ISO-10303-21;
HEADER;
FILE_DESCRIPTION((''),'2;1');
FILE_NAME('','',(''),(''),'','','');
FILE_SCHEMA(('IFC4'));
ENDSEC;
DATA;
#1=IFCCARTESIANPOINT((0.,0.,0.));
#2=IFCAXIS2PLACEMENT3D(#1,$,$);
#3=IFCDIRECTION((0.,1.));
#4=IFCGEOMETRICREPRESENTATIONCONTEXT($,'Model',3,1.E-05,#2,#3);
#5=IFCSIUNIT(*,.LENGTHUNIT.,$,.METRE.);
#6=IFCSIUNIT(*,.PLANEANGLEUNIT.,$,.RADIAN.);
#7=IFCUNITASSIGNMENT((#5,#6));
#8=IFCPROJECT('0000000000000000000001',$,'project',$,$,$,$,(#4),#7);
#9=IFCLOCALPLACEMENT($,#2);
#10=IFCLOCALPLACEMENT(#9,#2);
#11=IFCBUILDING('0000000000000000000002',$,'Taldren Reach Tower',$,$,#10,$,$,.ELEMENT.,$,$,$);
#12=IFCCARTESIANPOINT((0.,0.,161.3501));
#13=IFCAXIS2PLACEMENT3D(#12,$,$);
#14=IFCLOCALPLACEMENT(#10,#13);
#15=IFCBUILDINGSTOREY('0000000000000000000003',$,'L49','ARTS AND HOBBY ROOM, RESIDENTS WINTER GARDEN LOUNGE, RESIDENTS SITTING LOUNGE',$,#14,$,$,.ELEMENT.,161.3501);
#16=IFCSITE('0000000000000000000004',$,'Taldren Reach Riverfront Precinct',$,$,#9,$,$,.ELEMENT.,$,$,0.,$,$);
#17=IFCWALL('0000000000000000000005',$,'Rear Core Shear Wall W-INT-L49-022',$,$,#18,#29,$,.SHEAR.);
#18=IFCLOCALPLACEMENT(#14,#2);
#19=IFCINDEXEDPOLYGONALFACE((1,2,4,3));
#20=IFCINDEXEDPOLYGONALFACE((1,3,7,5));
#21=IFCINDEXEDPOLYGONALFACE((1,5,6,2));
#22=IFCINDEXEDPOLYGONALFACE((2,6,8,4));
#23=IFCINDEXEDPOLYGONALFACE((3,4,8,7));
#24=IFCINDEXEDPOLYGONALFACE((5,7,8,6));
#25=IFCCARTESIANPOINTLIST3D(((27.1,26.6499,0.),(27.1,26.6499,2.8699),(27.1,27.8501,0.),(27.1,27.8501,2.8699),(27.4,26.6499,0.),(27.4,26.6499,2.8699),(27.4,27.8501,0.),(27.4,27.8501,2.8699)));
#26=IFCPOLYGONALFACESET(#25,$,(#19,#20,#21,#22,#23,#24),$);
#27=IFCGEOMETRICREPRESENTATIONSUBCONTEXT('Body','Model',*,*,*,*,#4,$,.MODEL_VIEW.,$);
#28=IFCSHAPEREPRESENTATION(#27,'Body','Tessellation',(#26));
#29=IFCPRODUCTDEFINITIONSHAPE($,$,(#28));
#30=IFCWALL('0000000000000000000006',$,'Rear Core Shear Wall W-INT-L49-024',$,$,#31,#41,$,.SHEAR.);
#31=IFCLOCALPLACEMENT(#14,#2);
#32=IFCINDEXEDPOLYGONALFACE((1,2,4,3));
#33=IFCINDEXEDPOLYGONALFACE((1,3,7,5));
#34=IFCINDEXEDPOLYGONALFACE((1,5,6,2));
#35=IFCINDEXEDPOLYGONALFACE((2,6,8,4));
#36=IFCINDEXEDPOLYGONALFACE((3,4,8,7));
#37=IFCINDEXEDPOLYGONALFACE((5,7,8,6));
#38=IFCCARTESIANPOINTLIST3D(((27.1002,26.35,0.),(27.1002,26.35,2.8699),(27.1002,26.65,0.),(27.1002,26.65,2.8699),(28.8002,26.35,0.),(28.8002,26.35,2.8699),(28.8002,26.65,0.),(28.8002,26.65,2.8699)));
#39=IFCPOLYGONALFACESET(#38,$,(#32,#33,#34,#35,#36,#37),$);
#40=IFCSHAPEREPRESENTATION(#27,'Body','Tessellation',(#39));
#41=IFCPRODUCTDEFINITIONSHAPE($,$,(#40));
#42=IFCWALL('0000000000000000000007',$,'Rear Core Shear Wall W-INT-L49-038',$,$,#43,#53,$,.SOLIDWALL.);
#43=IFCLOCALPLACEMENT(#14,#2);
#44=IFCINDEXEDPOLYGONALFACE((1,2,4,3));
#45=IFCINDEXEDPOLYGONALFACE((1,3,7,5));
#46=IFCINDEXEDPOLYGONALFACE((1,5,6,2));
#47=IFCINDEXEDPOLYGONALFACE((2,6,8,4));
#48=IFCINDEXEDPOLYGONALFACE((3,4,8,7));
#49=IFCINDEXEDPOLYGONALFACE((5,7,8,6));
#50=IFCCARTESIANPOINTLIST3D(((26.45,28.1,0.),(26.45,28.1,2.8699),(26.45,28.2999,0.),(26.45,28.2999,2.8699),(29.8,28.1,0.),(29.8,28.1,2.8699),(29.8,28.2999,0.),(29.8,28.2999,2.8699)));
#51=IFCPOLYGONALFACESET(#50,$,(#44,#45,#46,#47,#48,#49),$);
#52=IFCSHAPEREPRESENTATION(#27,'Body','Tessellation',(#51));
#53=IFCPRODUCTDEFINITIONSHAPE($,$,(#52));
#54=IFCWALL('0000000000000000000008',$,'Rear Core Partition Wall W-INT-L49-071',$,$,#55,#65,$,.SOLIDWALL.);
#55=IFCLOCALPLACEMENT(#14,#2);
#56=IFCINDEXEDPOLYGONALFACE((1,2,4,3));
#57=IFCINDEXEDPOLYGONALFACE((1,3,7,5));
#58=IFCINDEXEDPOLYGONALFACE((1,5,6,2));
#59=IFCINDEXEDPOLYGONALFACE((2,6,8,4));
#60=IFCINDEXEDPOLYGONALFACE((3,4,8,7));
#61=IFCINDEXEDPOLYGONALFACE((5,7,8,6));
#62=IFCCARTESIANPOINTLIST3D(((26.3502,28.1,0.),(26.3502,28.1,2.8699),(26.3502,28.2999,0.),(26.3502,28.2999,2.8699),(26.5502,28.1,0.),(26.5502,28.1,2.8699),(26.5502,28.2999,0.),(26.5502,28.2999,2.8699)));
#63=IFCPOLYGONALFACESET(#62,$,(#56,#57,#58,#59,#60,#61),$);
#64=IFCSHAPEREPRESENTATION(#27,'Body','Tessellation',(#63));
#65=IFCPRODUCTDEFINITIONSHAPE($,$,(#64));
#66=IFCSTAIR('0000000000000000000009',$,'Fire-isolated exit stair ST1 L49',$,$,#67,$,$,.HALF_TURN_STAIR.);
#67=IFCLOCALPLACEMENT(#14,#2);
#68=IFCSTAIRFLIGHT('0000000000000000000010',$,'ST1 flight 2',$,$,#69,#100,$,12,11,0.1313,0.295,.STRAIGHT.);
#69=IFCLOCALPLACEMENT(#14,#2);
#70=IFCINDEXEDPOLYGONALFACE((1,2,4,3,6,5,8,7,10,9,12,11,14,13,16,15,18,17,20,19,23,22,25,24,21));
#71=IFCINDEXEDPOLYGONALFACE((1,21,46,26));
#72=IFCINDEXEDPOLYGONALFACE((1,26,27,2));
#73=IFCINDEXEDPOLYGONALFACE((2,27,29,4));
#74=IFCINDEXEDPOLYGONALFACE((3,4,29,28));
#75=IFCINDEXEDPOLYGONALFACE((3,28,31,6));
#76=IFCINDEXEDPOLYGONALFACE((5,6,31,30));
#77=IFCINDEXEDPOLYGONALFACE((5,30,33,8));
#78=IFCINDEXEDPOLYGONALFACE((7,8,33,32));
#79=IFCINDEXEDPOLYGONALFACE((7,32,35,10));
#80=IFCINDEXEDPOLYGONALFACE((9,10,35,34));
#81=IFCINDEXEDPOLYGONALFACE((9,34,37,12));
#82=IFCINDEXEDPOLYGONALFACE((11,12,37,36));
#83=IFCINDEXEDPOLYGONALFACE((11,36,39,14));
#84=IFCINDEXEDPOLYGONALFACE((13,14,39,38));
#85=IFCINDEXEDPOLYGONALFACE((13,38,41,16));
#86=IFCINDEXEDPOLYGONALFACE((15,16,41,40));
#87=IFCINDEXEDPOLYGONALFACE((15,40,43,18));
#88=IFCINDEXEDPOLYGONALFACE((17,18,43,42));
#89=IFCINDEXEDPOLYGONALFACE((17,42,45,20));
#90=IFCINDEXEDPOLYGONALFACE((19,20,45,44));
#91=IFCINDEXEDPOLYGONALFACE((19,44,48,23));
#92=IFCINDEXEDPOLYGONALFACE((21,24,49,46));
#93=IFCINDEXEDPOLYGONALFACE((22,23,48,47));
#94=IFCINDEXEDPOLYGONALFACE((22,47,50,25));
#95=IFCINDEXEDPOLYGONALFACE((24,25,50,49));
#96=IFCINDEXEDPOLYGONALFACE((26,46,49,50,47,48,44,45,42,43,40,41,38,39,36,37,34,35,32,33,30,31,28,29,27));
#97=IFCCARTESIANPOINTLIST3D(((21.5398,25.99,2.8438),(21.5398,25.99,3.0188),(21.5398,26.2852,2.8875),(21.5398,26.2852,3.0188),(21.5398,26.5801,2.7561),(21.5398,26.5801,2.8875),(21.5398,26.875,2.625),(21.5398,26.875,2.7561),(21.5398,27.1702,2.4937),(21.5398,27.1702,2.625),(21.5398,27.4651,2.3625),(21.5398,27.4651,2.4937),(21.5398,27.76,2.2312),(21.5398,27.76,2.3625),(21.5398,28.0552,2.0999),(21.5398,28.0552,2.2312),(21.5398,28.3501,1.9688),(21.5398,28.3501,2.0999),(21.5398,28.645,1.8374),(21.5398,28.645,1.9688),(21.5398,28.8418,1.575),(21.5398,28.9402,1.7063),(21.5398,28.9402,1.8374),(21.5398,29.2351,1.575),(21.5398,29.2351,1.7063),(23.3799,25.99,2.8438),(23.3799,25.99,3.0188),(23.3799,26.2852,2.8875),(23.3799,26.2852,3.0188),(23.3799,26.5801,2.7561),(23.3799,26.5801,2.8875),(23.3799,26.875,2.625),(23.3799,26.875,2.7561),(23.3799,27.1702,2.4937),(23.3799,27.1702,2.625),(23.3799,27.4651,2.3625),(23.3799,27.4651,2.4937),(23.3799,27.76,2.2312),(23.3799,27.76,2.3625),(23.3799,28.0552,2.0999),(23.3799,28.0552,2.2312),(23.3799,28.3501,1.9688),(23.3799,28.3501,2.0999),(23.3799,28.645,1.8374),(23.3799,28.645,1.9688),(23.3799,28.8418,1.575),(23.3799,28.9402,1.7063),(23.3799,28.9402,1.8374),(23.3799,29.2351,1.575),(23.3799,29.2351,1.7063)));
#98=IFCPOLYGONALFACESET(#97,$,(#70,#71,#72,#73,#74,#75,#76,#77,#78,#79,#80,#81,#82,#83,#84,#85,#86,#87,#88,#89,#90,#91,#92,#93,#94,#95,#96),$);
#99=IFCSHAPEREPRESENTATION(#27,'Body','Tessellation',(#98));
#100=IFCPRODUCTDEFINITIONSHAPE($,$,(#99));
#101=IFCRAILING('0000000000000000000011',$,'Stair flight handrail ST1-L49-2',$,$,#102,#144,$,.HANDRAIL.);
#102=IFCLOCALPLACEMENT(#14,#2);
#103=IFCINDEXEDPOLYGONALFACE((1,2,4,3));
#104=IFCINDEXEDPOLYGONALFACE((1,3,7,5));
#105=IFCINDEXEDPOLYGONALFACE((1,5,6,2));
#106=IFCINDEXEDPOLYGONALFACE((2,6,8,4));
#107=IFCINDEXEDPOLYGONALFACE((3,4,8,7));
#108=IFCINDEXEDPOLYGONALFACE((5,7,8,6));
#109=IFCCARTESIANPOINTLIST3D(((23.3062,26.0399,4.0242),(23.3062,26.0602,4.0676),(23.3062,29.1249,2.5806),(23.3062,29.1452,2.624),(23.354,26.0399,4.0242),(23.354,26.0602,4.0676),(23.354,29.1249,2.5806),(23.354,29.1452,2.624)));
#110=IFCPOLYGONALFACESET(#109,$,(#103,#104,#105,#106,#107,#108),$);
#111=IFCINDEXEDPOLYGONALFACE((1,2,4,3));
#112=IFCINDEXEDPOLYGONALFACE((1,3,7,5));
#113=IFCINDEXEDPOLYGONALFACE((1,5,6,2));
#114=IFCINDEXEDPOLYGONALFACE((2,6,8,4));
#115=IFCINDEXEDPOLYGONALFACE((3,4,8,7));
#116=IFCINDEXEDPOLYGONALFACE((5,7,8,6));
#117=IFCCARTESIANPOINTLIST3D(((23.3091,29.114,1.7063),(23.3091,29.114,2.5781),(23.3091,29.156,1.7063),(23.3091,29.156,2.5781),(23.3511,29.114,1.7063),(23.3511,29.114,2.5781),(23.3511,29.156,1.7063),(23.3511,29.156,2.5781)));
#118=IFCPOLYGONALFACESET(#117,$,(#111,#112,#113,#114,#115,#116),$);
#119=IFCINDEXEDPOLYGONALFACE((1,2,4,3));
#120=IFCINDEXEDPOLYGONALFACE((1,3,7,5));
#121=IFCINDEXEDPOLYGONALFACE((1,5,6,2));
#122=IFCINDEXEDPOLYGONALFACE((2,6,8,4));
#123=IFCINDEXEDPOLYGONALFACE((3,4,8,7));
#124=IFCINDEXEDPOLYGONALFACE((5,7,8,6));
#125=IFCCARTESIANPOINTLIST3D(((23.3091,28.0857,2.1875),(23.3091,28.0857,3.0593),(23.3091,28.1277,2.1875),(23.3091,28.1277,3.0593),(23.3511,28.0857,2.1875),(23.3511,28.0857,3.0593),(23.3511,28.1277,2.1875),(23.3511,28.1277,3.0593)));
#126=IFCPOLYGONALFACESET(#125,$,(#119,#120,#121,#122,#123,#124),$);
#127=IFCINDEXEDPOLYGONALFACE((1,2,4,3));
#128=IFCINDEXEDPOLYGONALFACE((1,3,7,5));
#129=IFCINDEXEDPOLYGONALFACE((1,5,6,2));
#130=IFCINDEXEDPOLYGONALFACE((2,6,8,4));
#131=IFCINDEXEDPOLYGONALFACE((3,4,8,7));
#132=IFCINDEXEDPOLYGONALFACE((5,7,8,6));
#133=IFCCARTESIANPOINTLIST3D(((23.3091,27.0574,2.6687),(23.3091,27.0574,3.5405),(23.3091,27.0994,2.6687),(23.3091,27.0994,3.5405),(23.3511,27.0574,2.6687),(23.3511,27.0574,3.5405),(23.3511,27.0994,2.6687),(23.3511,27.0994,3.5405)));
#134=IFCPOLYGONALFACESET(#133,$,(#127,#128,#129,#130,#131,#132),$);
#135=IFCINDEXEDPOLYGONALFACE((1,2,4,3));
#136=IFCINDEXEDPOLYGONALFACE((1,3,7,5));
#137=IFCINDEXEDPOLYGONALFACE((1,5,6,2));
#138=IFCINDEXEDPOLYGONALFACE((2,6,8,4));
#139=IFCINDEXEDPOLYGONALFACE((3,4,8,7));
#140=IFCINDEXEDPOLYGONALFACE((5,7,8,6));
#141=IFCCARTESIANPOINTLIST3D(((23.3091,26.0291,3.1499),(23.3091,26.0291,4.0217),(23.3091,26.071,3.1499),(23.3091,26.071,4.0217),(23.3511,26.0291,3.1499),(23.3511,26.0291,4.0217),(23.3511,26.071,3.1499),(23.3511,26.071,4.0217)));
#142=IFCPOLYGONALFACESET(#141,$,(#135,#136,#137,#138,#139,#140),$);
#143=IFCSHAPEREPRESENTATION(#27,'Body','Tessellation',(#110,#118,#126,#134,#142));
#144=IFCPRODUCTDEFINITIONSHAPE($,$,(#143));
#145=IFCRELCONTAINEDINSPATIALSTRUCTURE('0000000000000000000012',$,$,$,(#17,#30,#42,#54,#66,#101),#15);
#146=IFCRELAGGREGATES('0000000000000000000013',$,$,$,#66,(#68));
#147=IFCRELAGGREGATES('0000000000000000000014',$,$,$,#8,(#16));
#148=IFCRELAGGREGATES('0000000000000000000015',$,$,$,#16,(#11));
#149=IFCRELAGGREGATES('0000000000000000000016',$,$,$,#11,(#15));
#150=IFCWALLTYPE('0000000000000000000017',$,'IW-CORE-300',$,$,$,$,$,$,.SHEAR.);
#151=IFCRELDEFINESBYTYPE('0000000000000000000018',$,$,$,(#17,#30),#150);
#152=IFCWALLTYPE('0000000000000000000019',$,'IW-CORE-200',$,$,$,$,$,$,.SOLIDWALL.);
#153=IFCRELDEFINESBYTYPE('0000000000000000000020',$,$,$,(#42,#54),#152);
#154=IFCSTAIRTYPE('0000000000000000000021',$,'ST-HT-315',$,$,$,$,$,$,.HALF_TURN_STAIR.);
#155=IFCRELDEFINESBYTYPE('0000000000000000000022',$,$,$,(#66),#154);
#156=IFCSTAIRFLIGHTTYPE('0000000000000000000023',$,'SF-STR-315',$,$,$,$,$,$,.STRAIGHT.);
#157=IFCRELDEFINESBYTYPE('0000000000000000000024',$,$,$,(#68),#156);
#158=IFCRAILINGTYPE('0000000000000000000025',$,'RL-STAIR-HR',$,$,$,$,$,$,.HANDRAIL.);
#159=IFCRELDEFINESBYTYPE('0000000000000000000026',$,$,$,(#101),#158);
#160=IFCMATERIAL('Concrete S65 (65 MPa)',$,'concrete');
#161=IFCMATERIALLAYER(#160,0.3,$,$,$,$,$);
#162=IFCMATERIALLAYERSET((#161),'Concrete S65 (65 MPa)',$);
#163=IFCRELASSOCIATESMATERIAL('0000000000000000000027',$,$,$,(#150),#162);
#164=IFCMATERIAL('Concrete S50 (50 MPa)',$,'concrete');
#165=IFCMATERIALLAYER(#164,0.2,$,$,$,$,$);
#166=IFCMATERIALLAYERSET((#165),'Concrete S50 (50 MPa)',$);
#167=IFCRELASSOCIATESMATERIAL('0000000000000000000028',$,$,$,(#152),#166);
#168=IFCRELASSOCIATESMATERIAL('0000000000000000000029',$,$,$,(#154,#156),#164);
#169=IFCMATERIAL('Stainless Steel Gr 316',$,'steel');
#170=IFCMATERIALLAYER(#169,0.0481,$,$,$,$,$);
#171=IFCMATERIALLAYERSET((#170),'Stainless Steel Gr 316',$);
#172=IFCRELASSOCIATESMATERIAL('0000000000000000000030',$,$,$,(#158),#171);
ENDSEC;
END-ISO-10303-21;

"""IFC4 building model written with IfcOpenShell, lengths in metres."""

from ifc_helpers import new_model, si_unit, direction, frame, frame_2d, origin, origin_2d, place, context, subcontext, project, spatial, polyline, rectangle, outline, extrude, source, transform, mapped, material, layer, layer_set, type_object, element, aggregate, save


model = new_model("IFC4")

# Units and contexts
model_context = context("Model", 3, precision=1e-05, world=origin(), true_north=direction((0.0, 1.0)))
body_context = subcontext(model_context, "Body", "Model", "MODEL_VIEW")
ifc_project = project(units=[si_unit("LENGTHUNIT", "METRE"), si_unit("PLANEANGLEUNIT", "RADIAN")], contexts=[model_context])

# Site, building, storey
site_placement = place(None, origin())
site = spatial("IfcSite", under=ifc_project, at=site_placement, Name="Taldren Reach Riverfront Precinct", CompositionType="ELEMENT", RefElevation=0.0)
building_placement = place(site_placement, origin())
building = spatial("IfcBuilding", under=site, at=building_placement, Name="Taldren Reach Tower", CompositionType="ELEMENT")
storey_placement = place(building_placement, frame((0.0, 0.0, 161.3501)))
storey = spatial("IfcBuildingStorey", under=building, at=storey_placement, Name="L49", Description="ARTS AND HOBBY ROOM, RESIDENTS WINTER GARDEN LOUNGE, RESIDENTS SITTING LOUNGE", CompositionType="ELEMENT", Elevation=161.3501)

# Shared definitions
ifc_material_1 = material(Name="Concrete S65 (65 MPa)", Category="concrete")
ifc_layer_1 = layer(ifc_material_1, 0.3)
ifc_layer_set_1 = layer_set([ifc_layer_1], Name="Concrete S65 (65 MPa)")
wall_type_1 = type_object("IfcWallType", Name="IW-CORE-300", PredefinedType="SHEAR", material=ifc_layer_set_1)

# Shared definitions
ifc_material_2 = material(Name="Concrete S50 (50 MPa)", Category="concrete")
ifc_layer_2 = layer(ifc_material_2, 0.2)
ifc_layer_set_2 = layer_set([ifc_layer_2], Name="Concrete S50 (50 MPa)")
wall_type_2 = type_object("IfcWallType", Name="IW-CORE-200", PredefinedType="SOLIDWALL", material=ifc_layer_set_2)

# Walls
shared_shape_1 = source(origin(), body_context, "Body", "SweptSolid", [
    extrude(rectangle(XDim=1.2002, YDim=0.3, at=frame_2d((0.6001, 0.0))), origin(), (0.0, 0.0, 1.0), 2.8699),
])
wall_1_placement = place(storey_placement, frame((27.25, 27.8501, 0.0), z_axis=(0.0, 0.0, 1.0), x_axis=(0.0, -1.0, 0.0)))
element("IfcWall", 1, at=wall_1_placement, inside=storey, type_object=wall_type_1, Name="Rear Core Shear Wall W-INT-L49-022", PredefinedType="SHEAR", context=body_context, shape_type="MappedRepresentation", body=[
    mapped(shared_shape_1, transform((0.0, 0.0, 0.0), scale=1.0)),
])
shared_shape_2 = source(origin(), body_context, "Body", "SweptSolid", [
    extrude(rectangle(XDim=1.7, YDim=0.3, at=frame_2d((0.8501, 0.0))), origin(), (0.0, 0.0, 1.0), 2.8699),
])
wall_2_placement = place(storey_placement, frame((27.1001, 26.5, 0.0), z_axis=(0.0, 0.0, 1.0), x_axis=(1.0, 0.0, 0.0)))
element("IfcWall", 2, at=wall_2_placement, inside=storey, type_object=wall_type_1, Name="Rear Core Shear Wall W-INT-L49-024", PredefinedType="SHEAR", context=body_context, shape_type="MappedRepresentation", body=[
    mapped(shared_shape_2, transform((0.0, 0.0, 0.0), scale=1.0)),
])
shared_shape_3 = source(origin(), body_context, "Body", "SweptSolid", [
    extrude(rectangle(XDim=3.3501, YDim=0.2, at=frame_2d((1.675, 0.0))), origin(), (0.0, 0.0, 1.0), 2.8699),
])
wall_3_placement = place(storey_placement, frame((26.45, 28.2, 0.0), z_axis=(0.0, 0.0, 1.0), x_axis=(1.0, 0.0, 0.0)))
element("IfcWall", 3, at=wall_3_placement, inside=storey, type_object=wall_type_2, Name="Rear Core Shear Wall W-INT-L49-038", PredefinedType="SOLIDWALL", context=body_context, shape_type="MappedRepresentation", body=[
    mapped(shared_shape_3, transform((0.0, 0.0, 0.0), scale=1.0)),
])
shared_shape_4 = source(origin(), body_context, "Body", "SweptSolid", [
    extrude(rectangle(XDim=0.2, YDim=0.2, at=frame_2d((0.1001, 0.0))), origin(), (0.0, 0.0, 1.0), 2.8699),
])
wall_4_placement = place(storey_placement, frame((26.3501, 28.2, 0.0), z_axis=(0.0, 0.0, 1.0), x_axis=(1.0, 0.0, 0.0)))
element("IfcWall", 4, at=wall_4_placement, inside=storey, type_object=wall_type_2, Name="Rear Core Partition Wall W-INT-L49-071", PredefinedType="SOLIDWALL", context=body_context, shape_type="MappedRepresentation", body=[
    mapped(shared_shape_4, transform((0.0, 0.0, 0.0), scale=1.0)),
])

# Stair, stair flight
stair_type = type_object("IfcStairType", Name="ST-HT-315", PredefinedType="HALF_TURN_STAIR", material=ifc_material_2)
stair_placement = place(storey_placement, origin())
stair = element("IfcStair", 5, at=stair_placement, inside=storey, type_object=stair_type, Name="Fire-isolated exit stair ST1 L49", PredefinedType="HALF_TURN_STAIR")
stair_flight_type = type_object("IfcStairFlightType", Name="SF-STR-315", PredefinedType="STRAIGHT", material=ifc_material_2)
stair_flight_placement = place(storey_placement, frame((22.46, 29.2351, 1.575), z_axis=(0.0, 0.0, 1.0), x_axis=(0.0, -1.0, 0.0)))
stair_flight = element("IfcStairFlight", 6, at=stair_flight_placement, type_object=stair_flight_type, Name="ST1 flight 2", NumberOfRisers=12, NumberOfTreads=11, PredefinedType="STRAIGHT", RiserHeight=0.1313, TreadLength=0.295, context=body_context, shape_type="SweptSolid", body=[
    extrude(outline(polyline([(0.0, 0.0), (0.0, 0.1313), (0.2949, 0.1313), (0.2949, 0.2625), (0.5901, 0.2625), (0.5901, 0.3938), (0.885, 0.3938), (0.885, 0.5249), (1.1799, 0.5249), (1.1799, 0.6562), (1.4751, 0.6562), (1.4751, 0.7876), (1.77, 0.7876), (1.77, 0.9187), (2.0649, 0.9187), (2.0649, 1.05), (2.3601, 1.05), (2.3601, 1.1812), (2.655, 1.1812), (2.655, 1.3125), (2.95, 1.3125), (2.95, 1.4438), (3.2451, 1.4438), (3.2451, 1.575), (3.2451, 1.2688), (0.3933, 0.0), (0.0, 0.0)])), frame((0.0, 0.9199, 0.0), z_axis=(0.0, -1.0, 0.0), x_axis=(1.0, 0.0, 0.0)), (0.0, 0.0, 1.0), 1.8401),
])
aggregate(stair, [stair_flight])

# Railing
ifc_material_3 = material(Name="Stainless Steel Gr 316", Category="steel")
ifc_layer_3 = layer(ifc_material_3, 0.0481)
ifc_layer_set_3 = layer_set([ifc_layer_3], Name="Stainless Steel Gr 316")
railing_type = type_object("IfcRailingType", Name="RL-STAIR-HR", PredefinedType="HANDRAIL", material=ifc_layer_set_3)
railing_placement = place(storey_placement, frame((23.3301, 29.135, 1.7063)))
element("IfcRailing", 7, at=railing_placement, inside=storey, type_object=railing_type, Name="Stair flight handrail ST1-L49-2", PredefinedType="HANDRAIL", context=body_context, shape_type="SweptSolid", body=[
    extrude(rectangle(XDim=0.0479, YDim=0.0479, at=origin_2d()), frame((0.0, 0.0, 0.896), z_axis=(0.0, -0.905738, 0.423839), x_axis=(1.0, 0.0, 0.0)), (0.0, 0.0, 1.0), 3.406),
    extrude(rectangle(XDim=0.042, YDim=0.042, at=origin_2d()), origin(), (0.0, 0.0, 1.0), 0.8718),
    extrude(rectangle(XDim=0.042, YDim=0.042, at=origin_2d()), frame((0.0, -1.0283, 0.4812)), (0.0, 0.0, 1.0), 0.8718),
    extrude(rectangle(XDim=0.042, YDim=0.042, at=origin_2d()), frame((0.0, -2.0566, 0.9624)), (0.0, 0.0, 1.0), 0.8718),
    extrude(rectangle(XDim=0.042, YDim=0.042, at=origin_2d()), frame((0.0, -3.085, 1.4436)), (0.0, 0.0, 1.0), 0.8718),
])

save(model, "model.ifc")
